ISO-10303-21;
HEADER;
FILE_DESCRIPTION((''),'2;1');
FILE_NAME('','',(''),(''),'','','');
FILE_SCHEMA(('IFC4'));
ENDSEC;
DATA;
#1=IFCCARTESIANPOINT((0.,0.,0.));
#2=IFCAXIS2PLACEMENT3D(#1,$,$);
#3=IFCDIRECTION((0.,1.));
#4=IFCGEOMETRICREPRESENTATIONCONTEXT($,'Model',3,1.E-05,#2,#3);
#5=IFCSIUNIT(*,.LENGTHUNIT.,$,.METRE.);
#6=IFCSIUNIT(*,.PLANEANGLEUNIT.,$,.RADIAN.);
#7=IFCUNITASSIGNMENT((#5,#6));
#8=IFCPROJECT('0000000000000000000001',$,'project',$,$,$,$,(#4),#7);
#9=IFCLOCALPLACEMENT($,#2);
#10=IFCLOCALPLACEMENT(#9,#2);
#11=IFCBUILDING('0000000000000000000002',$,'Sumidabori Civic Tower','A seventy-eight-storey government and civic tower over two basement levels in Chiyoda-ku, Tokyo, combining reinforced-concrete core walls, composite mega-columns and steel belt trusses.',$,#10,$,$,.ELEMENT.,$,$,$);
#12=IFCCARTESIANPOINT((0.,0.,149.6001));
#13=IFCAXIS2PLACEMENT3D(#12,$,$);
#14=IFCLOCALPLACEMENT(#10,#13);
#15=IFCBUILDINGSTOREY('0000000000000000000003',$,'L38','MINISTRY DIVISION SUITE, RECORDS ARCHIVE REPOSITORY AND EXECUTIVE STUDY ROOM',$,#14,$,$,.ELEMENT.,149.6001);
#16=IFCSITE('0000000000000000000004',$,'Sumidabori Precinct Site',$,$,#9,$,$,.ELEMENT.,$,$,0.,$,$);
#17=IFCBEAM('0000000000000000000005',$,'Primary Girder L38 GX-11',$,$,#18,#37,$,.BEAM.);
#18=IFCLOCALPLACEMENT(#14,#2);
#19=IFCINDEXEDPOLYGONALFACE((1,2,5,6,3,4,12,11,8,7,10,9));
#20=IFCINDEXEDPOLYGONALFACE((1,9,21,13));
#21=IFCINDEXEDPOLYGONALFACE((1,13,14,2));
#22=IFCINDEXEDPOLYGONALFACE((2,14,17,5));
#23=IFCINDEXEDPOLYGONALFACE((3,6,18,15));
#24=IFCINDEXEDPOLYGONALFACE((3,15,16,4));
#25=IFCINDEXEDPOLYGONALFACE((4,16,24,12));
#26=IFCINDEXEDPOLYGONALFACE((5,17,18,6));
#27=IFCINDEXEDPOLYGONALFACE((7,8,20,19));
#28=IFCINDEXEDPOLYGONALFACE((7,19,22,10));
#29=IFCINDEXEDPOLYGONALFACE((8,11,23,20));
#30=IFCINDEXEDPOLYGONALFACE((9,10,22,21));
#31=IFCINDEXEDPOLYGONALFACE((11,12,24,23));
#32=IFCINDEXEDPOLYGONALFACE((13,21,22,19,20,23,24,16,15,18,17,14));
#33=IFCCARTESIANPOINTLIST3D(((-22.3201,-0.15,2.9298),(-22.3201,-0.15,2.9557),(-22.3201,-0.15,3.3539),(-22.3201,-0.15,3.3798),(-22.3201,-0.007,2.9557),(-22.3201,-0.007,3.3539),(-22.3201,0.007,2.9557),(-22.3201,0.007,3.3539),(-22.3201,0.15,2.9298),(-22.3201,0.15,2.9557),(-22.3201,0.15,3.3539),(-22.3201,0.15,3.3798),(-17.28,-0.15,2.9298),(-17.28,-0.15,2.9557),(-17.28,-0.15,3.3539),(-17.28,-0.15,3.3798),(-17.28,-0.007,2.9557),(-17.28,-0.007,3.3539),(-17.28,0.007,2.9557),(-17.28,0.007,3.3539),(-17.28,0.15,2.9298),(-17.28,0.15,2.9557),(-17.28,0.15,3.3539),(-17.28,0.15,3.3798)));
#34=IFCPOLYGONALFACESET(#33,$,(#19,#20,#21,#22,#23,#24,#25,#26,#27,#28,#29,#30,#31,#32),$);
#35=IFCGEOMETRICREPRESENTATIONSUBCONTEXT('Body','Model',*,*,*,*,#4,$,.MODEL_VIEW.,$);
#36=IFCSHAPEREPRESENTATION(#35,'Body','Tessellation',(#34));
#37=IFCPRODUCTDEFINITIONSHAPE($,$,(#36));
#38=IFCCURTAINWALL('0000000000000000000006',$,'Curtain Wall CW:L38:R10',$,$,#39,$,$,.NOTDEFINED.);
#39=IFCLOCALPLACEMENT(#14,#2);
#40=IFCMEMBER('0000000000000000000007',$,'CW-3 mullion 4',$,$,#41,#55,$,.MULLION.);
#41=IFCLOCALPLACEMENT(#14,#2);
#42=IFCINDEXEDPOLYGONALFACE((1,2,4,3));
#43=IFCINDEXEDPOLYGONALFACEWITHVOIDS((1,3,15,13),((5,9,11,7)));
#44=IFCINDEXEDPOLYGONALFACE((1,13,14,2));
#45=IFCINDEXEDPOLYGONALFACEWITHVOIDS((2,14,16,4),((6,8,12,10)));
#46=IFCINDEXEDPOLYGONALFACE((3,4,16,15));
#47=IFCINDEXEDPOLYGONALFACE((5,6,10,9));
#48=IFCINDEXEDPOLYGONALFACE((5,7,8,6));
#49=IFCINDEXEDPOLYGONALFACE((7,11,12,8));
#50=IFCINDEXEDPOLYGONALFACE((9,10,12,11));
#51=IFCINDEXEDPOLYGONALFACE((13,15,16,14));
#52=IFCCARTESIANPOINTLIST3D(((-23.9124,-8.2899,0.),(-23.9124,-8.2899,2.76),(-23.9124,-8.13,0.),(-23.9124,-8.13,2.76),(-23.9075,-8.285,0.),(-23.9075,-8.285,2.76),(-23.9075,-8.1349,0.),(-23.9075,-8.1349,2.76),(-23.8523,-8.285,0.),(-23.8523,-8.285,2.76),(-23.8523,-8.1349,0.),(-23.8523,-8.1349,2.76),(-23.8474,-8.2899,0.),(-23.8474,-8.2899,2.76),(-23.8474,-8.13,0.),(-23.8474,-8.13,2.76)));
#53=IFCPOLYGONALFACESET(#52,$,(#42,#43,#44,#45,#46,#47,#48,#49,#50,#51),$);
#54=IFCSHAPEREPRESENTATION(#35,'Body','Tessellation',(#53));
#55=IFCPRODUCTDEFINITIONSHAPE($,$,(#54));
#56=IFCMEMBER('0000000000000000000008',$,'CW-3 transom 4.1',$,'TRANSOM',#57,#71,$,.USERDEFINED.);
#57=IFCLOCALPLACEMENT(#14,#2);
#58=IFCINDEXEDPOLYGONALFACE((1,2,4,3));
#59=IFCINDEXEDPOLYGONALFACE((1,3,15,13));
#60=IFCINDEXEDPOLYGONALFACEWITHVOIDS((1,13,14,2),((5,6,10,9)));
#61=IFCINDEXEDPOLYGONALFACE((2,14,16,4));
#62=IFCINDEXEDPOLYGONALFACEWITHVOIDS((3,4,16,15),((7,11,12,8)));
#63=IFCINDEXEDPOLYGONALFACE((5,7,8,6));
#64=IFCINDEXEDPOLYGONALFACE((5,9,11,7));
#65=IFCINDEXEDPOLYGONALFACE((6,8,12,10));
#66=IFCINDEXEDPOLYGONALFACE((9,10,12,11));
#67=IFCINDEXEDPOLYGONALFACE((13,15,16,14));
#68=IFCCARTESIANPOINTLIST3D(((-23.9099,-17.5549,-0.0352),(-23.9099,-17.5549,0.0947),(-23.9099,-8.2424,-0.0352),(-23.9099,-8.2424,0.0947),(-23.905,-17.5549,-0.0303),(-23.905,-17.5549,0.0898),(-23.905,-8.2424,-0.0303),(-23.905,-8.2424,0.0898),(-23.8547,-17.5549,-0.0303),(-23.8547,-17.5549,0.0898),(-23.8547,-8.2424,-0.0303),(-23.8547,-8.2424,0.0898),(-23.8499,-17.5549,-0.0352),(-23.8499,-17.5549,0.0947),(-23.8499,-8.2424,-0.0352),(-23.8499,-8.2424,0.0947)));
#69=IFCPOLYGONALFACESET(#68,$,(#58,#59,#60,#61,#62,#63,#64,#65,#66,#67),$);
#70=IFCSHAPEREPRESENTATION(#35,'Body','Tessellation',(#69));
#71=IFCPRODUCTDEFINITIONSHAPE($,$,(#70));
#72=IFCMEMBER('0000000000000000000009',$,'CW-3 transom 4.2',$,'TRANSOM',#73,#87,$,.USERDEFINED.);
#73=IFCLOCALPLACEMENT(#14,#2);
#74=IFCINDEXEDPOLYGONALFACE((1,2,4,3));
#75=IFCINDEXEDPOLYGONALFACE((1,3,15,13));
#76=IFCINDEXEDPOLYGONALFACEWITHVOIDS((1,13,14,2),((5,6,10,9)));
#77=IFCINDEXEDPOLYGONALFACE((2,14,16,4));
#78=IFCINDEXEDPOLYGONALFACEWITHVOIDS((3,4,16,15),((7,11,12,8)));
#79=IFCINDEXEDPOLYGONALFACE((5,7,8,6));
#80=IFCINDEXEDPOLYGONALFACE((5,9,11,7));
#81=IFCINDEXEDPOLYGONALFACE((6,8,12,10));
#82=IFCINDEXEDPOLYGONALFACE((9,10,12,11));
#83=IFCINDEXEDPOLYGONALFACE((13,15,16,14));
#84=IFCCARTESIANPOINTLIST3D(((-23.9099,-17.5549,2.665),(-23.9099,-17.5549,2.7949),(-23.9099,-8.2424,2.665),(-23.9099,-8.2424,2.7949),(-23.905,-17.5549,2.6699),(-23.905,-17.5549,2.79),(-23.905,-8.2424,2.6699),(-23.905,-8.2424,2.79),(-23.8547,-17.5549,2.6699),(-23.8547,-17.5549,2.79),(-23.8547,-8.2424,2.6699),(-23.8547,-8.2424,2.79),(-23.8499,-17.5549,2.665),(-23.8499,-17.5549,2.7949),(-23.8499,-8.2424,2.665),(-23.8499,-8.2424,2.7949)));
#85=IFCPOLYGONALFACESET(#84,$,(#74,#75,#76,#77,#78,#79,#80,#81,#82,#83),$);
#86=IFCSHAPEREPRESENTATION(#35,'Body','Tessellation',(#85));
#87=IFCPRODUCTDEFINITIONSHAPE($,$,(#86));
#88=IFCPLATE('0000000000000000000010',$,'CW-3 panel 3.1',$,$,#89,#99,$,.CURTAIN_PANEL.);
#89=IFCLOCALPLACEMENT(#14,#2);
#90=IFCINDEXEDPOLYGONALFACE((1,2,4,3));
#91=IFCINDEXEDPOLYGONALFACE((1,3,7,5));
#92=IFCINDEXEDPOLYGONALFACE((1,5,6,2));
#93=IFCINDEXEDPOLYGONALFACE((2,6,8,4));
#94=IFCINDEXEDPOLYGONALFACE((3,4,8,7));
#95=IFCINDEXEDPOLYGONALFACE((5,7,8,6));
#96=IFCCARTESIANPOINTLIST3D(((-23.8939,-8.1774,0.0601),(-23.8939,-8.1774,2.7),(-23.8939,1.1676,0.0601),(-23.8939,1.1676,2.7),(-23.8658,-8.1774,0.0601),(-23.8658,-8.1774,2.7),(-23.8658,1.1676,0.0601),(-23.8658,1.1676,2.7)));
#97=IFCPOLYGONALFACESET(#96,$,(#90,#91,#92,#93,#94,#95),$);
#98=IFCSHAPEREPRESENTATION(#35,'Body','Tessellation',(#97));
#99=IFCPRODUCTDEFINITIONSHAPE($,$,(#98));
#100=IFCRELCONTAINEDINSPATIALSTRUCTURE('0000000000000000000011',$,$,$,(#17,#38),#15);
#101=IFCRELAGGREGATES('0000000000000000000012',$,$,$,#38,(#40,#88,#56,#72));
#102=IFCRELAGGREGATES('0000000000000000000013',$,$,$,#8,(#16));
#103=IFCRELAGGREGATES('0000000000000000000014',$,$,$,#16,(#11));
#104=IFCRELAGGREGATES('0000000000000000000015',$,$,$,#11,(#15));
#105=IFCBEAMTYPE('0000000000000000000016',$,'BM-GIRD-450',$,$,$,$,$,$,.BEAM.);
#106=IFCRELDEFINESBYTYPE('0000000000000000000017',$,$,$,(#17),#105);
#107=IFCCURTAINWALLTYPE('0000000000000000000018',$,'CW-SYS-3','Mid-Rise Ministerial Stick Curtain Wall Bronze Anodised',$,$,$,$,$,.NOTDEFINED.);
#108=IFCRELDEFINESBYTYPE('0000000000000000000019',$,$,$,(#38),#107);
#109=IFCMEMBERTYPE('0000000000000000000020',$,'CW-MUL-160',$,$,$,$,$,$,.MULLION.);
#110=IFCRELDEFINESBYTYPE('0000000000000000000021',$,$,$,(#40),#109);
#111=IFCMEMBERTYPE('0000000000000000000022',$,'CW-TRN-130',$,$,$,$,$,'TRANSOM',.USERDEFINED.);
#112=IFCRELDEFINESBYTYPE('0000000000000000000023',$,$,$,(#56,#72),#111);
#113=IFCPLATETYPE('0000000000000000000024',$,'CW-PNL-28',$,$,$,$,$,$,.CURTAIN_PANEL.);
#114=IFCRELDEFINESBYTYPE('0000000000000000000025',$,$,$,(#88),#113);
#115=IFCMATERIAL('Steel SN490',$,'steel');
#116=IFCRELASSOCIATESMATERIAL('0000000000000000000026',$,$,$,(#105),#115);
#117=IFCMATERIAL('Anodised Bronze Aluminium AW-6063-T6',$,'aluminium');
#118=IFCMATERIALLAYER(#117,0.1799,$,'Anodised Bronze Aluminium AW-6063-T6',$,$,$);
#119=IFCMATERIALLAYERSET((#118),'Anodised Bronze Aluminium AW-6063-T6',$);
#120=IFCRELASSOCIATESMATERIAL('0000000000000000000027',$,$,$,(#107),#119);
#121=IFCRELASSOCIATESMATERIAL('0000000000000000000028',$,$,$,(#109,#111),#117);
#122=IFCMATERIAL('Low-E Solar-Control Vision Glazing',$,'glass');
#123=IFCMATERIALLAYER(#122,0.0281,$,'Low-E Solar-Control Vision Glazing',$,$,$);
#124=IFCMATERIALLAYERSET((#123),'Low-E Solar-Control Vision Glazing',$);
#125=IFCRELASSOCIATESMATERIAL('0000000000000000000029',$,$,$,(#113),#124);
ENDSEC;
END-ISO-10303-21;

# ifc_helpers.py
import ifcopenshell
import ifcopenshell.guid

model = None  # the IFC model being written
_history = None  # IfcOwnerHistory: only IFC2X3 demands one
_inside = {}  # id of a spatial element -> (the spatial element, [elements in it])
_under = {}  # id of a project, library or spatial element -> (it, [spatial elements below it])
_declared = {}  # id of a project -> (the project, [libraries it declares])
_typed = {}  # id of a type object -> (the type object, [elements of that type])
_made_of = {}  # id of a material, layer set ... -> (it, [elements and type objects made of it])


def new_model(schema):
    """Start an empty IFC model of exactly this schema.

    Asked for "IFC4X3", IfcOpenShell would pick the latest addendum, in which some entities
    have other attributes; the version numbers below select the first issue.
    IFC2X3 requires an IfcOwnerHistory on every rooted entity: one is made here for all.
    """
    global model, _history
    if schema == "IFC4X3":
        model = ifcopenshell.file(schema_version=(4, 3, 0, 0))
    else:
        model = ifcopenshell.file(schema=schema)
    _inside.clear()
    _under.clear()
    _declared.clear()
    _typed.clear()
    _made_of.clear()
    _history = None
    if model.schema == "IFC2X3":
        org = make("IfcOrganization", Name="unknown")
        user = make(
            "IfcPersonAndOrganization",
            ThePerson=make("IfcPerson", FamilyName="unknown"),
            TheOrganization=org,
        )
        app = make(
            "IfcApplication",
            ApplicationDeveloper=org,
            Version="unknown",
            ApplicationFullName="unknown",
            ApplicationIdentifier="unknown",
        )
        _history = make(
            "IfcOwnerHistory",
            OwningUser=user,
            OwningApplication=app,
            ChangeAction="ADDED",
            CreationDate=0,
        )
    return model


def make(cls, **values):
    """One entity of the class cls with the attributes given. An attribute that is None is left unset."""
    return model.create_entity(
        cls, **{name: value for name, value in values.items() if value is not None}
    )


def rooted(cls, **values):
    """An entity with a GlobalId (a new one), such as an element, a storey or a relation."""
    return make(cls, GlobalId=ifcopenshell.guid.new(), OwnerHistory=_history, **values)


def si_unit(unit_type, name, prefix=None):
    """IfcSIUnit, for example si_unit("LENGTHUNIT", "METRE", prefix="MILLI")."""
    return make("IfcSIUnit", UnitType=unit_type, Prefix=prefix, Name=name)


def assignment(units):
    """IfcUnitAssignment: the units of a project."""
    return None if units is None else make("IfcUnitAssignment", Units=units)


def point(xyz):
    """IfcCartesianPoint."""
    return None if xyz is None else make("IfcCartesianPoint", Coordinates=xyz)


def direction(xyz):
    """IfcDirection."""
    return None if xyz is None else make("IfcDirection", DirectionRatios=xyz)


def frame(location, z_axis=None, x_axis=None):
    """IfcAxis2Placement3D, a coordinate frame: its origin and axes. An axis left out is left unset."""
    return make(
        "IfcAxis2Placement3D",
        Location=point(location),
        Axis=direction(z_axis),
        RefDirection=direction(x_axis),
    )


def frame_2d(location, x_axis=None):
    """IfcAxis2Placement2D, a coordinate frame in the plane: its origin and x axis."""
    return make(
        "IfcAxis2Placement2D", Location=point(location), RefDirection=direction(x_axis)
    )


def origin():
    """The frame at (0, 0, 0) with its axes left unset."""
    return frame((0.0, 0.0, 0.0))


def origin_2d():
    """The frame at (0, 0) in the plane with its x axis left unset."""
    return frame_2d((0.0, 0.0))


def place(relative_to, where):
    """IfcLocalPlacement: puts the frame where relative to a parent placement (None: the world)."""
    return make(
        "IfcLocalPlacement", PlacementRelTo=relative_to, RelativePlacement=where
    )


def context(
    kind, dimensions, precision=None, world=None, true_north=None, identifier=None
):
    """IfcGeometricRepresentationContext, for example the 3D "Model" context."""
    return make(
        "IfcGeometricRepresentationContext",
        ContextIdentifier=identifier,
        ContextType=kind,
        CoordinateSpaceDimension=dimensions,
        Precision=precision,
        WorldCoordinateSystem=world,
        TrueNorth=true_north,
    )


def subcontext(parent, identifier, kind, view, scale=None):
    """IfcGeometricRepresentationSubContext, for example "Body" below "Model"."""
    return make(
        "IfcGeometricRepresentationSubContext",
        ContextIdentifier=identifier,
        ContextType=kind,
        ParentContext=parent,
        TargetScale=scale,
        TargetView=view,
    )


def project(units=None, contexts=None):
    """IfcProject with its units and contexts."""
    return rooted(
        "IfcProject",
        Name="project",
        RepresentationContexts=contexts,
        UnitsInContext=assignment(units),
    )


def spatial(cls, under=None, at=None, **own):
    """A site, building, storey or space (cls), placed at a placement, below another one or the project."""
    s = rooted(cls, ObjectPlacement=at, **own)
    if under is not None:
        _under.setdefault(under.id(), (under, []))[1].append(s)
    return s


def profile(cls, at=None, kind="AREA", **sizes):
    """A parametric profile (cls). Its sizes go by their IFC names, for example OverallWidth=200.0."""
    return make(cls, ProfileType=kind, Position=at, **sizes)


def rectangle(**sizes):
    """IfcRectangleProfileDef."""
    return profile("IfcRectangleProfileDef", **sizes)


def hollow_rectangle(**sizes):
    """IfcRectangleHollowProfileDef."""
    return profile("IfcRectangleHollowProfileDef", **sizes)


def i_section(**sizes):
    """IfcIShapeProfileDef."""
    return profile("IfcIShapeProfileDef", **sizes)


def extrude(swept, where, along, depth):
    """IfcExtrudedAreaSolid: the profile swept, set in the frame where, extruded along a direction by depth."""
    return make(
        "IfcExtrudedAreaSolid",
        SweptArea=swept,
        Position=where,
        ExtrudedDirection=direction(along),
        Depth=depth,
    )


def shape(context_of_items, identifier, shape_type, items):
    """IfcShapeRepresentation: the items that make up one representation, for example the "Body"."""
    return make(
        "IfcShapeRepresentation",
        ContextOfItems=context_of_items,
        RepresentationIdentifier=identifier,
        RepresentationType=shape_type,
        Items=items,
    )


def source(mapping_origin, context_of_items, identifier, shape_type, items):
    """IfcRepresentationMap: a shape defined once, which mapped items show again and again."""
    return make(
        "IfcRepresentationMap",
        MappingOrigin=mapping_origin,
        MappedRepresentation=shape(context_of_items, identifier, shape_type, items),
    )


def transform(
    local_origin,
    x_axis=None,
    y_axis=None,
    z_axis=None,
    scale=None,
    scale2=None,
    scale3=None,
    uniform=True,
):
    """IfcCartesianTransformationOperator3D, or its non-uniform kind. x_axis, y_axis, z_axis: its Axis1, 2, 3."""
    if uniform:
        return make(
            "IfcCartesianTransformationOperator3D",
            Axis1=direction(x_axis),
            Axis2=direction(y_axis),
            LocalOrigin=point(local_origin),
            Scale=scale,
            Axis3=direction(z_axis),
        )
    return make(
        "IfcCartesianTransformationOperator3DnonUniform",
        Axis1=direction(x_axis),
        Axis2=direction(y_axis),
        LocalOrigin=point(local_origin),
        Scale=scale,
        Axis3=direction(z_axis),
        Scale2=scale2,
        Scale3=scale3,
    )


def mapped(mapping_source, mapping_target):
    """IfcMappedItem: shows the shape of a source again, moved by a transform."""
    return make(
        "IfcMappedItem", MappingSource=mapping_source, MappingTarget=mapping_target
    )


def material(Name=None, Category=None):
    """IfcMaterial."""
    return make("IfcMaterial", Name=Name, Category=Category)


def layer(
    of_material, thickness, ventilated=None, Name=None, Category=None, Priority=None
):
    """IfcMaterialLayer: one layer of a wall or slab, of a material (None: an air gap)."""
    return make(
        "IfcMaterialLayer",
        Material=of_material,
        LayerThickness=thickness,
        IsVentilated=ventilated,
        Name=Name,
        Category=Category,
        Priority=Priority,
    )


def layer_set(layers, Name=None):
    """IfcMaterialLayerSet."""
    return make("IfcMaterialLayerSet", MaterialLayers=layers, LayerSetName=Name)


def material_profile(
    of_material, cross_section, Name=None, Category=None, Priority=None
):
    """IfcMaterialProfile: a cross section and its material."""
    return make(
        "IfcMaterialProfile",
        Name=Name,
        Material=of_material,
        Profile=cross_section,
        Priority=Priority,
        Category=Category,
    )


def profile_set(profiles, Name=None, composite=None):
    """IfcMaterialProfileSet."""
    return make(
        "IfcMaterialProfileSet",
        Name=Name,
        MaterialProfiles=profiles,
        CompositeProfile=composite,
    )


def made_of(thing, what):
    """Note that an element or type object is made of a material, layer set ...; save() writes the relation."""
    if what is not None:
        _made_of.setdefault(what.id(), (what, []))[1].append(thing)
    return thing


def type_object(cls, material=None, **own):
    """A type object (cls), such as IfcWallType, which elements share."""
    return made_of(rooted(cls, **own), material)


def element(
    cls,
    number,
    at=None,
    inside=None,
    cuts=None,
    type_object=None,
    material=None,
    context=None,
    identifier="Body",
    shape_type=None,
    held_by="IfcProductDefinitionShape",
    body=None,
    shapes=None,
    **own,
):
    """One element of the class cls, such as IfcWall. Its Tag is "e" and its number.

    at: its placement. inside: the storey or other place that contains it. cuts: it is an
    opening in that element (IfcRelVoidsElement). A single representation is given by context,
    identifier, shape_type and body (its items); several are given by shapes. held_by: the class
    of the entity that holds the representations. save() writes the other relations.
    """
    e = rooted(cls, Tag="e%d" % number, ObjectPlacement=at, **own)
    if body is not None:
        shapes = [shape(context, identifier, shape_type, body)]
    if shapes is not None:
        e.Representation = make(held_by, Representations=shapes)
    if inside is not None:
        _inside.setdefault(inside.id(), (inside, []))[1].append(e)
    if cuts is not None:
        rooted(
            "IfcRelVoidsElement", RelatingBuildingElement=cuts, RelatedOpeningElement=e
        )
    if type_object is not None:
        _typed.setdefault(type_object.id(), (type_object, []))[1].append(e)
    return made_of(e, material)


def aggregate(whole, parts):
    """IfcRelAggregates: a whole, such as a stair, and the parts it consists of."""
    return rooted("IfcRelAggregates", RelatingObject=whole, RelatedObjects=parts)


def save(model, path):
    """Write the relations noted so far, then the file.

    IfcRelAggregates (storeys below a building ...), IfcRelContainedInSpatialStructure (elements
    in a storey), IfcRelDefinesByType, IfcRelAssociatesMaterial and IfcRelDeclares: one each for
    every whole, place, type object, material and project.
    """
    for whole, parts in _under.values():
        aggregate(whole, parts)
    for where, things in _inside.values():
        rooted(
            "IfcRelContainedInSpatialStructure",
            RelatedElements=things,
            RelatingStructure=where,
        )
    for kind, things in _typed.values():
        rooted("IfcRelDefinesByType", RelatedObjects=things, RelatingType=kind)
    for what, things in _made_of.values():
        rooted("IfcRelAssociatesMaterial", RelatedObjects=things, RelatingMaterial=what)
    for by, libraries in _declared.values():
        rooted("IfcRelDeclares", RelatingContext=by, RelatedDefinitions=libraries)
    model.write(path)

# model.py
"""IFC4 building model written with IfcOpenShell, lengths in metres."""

from ifc_helpers import new_model, si_unit, direction, frame, origin, origin_2d, place, context, subcontext, project, spatial, rectangle, hollow_rectangle, i_section, extrude, source, transform, mapped, material, layer, layer_set, material_profile, profile_set, type_object, element, aggregate, save


model = new_model("IFC4")

# Units and contexts
model_context = context("Model", 3, precision=1e-05, world=origin(), true_north=direction((0.0, 1.0)))
body_context = subcontext(model_context, "Body", "Model", "MODEL_VIEW")
ifc_project = project(units=[si_unit("LENGTHUNIT", "METRE"), si_unit("PLANEANGLEUNIT", "RADIAN")], contexts=[model_context])

# Site, building, storey
site_placement = place(None, origin())
site = spatial("IfcSite", under=ifc_project, at=site_placement, Name="Sumidabori Precinct Site", CompositionType="ELEMENT", RefElevation=0.0)
building_placement = place(site_placement, origin())
building = spatial("IfcBuilding", under=site, at=building_placement, Name="Sumidabori Civic Tower", Description="A seventy-eight-storey government and civic tower over two basement levels in Chiyoda-ku, Tokyo, combining reinforced-concrete core walls, composite mega-columns and steel belt trusses.", CompositionType="ELEMENT")
storey_placement = place(building_placement, frame((0.0, 0.0, 149.6001)))
storey = spatial("IfcBuildingStorey", under=building, at=storey_placement, Name="L38", Description="MINISTRY DIVISION SUITE, RECORDS ARCHIVE REPOSITORY AND EXECUTIVE STUDY ROOM", CompositionType="ELEMENT", Elevation=149.6001)

# Beam
ifc_material_1 = material(Name="Steel SN490", Category="steel")
ifc_material_profile_1 = material_profile(ifc_material_1, i_section(OverallWidth=0.3, OverallDepth=0.45, WebThickness=0.0139, FlangeThickness=0.0259, at=origin_2d()), Name="HE 450 B")
ifc_profile_set_1 = profile_set([ifc_material_profile_1], Name="Steel SN490")
beam_type_1 = type_object("IfcBeamType", Name="BM-GIRD-450", PredefinedType="BEAM", material=ifc_profile_set_1)
shared_shape_1 = source(origin(), body_context, "Body", "SweptSolid", [
    extrude(i_section(OverallWidth=0.3, OverallDepth=0.45, WebThickness=0.0139, FlangeThickness=0.0259, at=origin_2d()), origin(), (0.0, 0.0, 1.0), 5.04),
])
beam_1_placement = place(storey_placement, frame((-22.3201, 0.0, 3.1548), z_axis=(1.0, 0.0, 0.0), x_axis=(0.0, 1.0, 0.0)))
element("IfcBeam", 1, at=beam_1_placement, inside=storey, type_object=beam_type_1, Name="Primary Girder L38 GX-11", PredefinedType="BEAM", context=body_context, shape_type="MappedRepresentation", body=[
    mapped(shared_shape_1, transform((0.0, 0.0, 0.0), x_axis=(1.0, 0.0, 0.0), y_axis=(0.0, 1.0, 0.0), z_axis=(0.0, 0.0, 1.0), scale=1.0)),
])

# Curtain wall, members, plate
ifc_material_2 = material(Name="Anodised Bronze Aluminium AW-6063-T6", Category="aluminium")
ifc_layer_1 = layer(ifc_material_2, 0.1799, Name="Anodised Bronze Aluminium AW-6063-T6")
ifc_layer_set_1 = layer_set([ifc_layer_1], Name="Anodised Bronze Aluminium AW-6063-T6")
curtain_wall_type = type_object("IfcCurtainWallType", Name="CW-SYS-3", Description="Mid-Rise Ministerial Stick Curtain Wall Bronze Anodised", PredefinedType="NOTDEFINED", material=ifc_layer_set_1)
curtain_wall_placement = place(storey_placement, origin())
curtain_wall = element("IfcCurtainWall", 2, at=curtain_wall_placement, inside=storey, type_object=curtain_wall_type, Name="Curtain Wall CW:L38:R10", PredefinedType="NOTDEFINED")
ifc_material_profile_2 = material_profile(ifc_material_2, hollow_rectangle(XDim=0.0649, YDim=0.1599, WallThickness=0.0049, at=origin_2d()), Name="ALU MULLION 160x65")
ifc_profile_set_2 = profile_set([ifc_material_profile_2], Name="Anodised Bronze Aluminium AW-6063-T6")
member_type_1 = type_object("IfcMemberType", Name="CW-MUL-160", PredefinedType="MULLION", material=ifc_profile_set_2)
shared_shape_2 = source(origin(), body_context, "Body", "SweptSolid", [
    extrude(hollow_rectangle(XDim=0.0649, YDim=0.1599, WallThickness=0.0049, at=origin_2d()), origin(), (0.0, 0.0, 1.0), 2.76),
])
member_1_placement = place(storey_placement, frame((-23.8799, -8.21, 0.0), z_axis=(0.0, 0.0, 1.0), x_axis=(1.0, 0.0, 0.0)))
member_1 = element("IfcMember", 3, at=member_1_placement, type_object=member_type_1, Name="CW-3 mullion 4", PredefinedType="MULLION", context=body_context, shape_type="MappedRepresentation", body=[
    mapped(shared_shape_2, transform((0.0, 0.0, 0.0), x_axis=(1.0, 0.0, 0.0), y_axis=(0.0, 1.0, 0.0), z_axis=(0.0, 0.0, 1.0), scale=1.0)),
])
ifc_material_profile_3 = material_profile(ifc_material_2, hollow_rectangle(XDim=0.0601, YDim=0.1299, WallThickness=0.0049, at=origin_2d()), Name="ALU TRANSOM 130x60")
ifc_profile_set_3 = profile_set([ifc_material_profile_3], Name="Anodised Bronze Aluminium AW-6063-T6")
member_type_2 = type_object("IfcMemberType", Name="CW-TRN-130", ElementType="TRANSOM", PredefinedType="USERDEFINED", material=ifc_profile_set_3)
shared_shape_3 = source(origin(), body_context, "Body", "SweptSolid", [
    extrude(hollow_rectangle(XDim=0.0601, YDim=0.1299, WallThickness=0.0049, at=origin_2d()), origin(), (0.0, 0.0, 1.0), 9.3125),
])
member_2_placement = place(storey_placement, frame((-23.8799, -8.2424, 0.0298), z_axis=(0.0, -1.0, 0.0), x_axis=(1.0, 0.0, 0.0)))
member_2 = element("IfcMember", 4, at=member_2_placement, type_object=member_type_2, Name="CW-3 transom 4.1", ObjectType="TRANSOM", PredefinedType="USERDEFINED", context=body_context, shape_type="MappedRepresentation", body=[
    mapped(shared_shape_3, transform((0.0, 0.0, 0.0), x_axis=(1.0, 0.0, 0.0), y_axis=(0.0, 1.0, 0.0), z_axis=(0.0, 0.0, 1.0), scale=1.0)),
])
member_3_placement = place(storey_placement, frame((-23.8799, -8.2424, 2.73), z_axis=(0.0, -1.0, 0.0), x_axis=(1.0, 0.0, 0.0)))
member_3 = element("IfcMember", 5, at=member_3_placement, type_object=member_type_2, Name="CW-3 transom 4.2", ObjectType="TRANSOM", PredefinedType="USERDEFINED", context=body_context, shape_type="MappedRepresentation", body=[
    mapped(shared_shape_3, transform((0.0, 0.0, 0.0), x_axis=(1.0, 0.0, 0.0), y_axis=(0.0, 1.0, 0.0), z_axis=(0.0, 0.0, 1.0), scale=1.0)),
])
ifc_material_3 = material(Name="Low-E Solar-Control Vision Glazing", Category="glass")
ifc_layer_2 = layer(ifc_material_3, 0.0281, Name="Low-E Solar-Control Vision Glazing")
ifc_layer_set_2 = layer_set([ifc_layer_2], Name="Low-E Solar-Control Vision Glazing")
plate_type = type_object("IfcPlateType", Name="CW-PNL-28", PredefinedType="CURTAIN_PANEL", material=ifc_layer_set_2)
shared_shape_4 = source(origin(), body_context, "Body", "SweptSolid", [
    extrude(rectangle(XDim=9.345, YDim=0.0281, at=origin_2d()), origin(), (0.0, 0.0, 1.0), 2.6399),
])
plate_placement = place(storey_placement, frame((-23.8799, -3.5049, 0.0601), z_axis=(0.0, 0.0, 1.0), x_axis=(0.0, -1.0, 0.0)))
plate = element("IfcPlate", 6, at=plate_placement, type_object=plate_type, Name="CW-3 panel 3.1", PredefinedType="CURTAIN_PANEL", context=body_context, shape_type="MappedRepresentation", body=[
    mapped(shared_shape_4, transform((0.0, 0.0, 0.0), x_axis=(1.0, 0.0, 0.0), y_axis=(0.0, 1.0, 0.0), z_axis=(0.0, 0.0, 1.0), scale=1.0)),
])
aggregate(curtain_wall, [member_1, plate, member_2, member_3])

save(model, "model.ifc")
